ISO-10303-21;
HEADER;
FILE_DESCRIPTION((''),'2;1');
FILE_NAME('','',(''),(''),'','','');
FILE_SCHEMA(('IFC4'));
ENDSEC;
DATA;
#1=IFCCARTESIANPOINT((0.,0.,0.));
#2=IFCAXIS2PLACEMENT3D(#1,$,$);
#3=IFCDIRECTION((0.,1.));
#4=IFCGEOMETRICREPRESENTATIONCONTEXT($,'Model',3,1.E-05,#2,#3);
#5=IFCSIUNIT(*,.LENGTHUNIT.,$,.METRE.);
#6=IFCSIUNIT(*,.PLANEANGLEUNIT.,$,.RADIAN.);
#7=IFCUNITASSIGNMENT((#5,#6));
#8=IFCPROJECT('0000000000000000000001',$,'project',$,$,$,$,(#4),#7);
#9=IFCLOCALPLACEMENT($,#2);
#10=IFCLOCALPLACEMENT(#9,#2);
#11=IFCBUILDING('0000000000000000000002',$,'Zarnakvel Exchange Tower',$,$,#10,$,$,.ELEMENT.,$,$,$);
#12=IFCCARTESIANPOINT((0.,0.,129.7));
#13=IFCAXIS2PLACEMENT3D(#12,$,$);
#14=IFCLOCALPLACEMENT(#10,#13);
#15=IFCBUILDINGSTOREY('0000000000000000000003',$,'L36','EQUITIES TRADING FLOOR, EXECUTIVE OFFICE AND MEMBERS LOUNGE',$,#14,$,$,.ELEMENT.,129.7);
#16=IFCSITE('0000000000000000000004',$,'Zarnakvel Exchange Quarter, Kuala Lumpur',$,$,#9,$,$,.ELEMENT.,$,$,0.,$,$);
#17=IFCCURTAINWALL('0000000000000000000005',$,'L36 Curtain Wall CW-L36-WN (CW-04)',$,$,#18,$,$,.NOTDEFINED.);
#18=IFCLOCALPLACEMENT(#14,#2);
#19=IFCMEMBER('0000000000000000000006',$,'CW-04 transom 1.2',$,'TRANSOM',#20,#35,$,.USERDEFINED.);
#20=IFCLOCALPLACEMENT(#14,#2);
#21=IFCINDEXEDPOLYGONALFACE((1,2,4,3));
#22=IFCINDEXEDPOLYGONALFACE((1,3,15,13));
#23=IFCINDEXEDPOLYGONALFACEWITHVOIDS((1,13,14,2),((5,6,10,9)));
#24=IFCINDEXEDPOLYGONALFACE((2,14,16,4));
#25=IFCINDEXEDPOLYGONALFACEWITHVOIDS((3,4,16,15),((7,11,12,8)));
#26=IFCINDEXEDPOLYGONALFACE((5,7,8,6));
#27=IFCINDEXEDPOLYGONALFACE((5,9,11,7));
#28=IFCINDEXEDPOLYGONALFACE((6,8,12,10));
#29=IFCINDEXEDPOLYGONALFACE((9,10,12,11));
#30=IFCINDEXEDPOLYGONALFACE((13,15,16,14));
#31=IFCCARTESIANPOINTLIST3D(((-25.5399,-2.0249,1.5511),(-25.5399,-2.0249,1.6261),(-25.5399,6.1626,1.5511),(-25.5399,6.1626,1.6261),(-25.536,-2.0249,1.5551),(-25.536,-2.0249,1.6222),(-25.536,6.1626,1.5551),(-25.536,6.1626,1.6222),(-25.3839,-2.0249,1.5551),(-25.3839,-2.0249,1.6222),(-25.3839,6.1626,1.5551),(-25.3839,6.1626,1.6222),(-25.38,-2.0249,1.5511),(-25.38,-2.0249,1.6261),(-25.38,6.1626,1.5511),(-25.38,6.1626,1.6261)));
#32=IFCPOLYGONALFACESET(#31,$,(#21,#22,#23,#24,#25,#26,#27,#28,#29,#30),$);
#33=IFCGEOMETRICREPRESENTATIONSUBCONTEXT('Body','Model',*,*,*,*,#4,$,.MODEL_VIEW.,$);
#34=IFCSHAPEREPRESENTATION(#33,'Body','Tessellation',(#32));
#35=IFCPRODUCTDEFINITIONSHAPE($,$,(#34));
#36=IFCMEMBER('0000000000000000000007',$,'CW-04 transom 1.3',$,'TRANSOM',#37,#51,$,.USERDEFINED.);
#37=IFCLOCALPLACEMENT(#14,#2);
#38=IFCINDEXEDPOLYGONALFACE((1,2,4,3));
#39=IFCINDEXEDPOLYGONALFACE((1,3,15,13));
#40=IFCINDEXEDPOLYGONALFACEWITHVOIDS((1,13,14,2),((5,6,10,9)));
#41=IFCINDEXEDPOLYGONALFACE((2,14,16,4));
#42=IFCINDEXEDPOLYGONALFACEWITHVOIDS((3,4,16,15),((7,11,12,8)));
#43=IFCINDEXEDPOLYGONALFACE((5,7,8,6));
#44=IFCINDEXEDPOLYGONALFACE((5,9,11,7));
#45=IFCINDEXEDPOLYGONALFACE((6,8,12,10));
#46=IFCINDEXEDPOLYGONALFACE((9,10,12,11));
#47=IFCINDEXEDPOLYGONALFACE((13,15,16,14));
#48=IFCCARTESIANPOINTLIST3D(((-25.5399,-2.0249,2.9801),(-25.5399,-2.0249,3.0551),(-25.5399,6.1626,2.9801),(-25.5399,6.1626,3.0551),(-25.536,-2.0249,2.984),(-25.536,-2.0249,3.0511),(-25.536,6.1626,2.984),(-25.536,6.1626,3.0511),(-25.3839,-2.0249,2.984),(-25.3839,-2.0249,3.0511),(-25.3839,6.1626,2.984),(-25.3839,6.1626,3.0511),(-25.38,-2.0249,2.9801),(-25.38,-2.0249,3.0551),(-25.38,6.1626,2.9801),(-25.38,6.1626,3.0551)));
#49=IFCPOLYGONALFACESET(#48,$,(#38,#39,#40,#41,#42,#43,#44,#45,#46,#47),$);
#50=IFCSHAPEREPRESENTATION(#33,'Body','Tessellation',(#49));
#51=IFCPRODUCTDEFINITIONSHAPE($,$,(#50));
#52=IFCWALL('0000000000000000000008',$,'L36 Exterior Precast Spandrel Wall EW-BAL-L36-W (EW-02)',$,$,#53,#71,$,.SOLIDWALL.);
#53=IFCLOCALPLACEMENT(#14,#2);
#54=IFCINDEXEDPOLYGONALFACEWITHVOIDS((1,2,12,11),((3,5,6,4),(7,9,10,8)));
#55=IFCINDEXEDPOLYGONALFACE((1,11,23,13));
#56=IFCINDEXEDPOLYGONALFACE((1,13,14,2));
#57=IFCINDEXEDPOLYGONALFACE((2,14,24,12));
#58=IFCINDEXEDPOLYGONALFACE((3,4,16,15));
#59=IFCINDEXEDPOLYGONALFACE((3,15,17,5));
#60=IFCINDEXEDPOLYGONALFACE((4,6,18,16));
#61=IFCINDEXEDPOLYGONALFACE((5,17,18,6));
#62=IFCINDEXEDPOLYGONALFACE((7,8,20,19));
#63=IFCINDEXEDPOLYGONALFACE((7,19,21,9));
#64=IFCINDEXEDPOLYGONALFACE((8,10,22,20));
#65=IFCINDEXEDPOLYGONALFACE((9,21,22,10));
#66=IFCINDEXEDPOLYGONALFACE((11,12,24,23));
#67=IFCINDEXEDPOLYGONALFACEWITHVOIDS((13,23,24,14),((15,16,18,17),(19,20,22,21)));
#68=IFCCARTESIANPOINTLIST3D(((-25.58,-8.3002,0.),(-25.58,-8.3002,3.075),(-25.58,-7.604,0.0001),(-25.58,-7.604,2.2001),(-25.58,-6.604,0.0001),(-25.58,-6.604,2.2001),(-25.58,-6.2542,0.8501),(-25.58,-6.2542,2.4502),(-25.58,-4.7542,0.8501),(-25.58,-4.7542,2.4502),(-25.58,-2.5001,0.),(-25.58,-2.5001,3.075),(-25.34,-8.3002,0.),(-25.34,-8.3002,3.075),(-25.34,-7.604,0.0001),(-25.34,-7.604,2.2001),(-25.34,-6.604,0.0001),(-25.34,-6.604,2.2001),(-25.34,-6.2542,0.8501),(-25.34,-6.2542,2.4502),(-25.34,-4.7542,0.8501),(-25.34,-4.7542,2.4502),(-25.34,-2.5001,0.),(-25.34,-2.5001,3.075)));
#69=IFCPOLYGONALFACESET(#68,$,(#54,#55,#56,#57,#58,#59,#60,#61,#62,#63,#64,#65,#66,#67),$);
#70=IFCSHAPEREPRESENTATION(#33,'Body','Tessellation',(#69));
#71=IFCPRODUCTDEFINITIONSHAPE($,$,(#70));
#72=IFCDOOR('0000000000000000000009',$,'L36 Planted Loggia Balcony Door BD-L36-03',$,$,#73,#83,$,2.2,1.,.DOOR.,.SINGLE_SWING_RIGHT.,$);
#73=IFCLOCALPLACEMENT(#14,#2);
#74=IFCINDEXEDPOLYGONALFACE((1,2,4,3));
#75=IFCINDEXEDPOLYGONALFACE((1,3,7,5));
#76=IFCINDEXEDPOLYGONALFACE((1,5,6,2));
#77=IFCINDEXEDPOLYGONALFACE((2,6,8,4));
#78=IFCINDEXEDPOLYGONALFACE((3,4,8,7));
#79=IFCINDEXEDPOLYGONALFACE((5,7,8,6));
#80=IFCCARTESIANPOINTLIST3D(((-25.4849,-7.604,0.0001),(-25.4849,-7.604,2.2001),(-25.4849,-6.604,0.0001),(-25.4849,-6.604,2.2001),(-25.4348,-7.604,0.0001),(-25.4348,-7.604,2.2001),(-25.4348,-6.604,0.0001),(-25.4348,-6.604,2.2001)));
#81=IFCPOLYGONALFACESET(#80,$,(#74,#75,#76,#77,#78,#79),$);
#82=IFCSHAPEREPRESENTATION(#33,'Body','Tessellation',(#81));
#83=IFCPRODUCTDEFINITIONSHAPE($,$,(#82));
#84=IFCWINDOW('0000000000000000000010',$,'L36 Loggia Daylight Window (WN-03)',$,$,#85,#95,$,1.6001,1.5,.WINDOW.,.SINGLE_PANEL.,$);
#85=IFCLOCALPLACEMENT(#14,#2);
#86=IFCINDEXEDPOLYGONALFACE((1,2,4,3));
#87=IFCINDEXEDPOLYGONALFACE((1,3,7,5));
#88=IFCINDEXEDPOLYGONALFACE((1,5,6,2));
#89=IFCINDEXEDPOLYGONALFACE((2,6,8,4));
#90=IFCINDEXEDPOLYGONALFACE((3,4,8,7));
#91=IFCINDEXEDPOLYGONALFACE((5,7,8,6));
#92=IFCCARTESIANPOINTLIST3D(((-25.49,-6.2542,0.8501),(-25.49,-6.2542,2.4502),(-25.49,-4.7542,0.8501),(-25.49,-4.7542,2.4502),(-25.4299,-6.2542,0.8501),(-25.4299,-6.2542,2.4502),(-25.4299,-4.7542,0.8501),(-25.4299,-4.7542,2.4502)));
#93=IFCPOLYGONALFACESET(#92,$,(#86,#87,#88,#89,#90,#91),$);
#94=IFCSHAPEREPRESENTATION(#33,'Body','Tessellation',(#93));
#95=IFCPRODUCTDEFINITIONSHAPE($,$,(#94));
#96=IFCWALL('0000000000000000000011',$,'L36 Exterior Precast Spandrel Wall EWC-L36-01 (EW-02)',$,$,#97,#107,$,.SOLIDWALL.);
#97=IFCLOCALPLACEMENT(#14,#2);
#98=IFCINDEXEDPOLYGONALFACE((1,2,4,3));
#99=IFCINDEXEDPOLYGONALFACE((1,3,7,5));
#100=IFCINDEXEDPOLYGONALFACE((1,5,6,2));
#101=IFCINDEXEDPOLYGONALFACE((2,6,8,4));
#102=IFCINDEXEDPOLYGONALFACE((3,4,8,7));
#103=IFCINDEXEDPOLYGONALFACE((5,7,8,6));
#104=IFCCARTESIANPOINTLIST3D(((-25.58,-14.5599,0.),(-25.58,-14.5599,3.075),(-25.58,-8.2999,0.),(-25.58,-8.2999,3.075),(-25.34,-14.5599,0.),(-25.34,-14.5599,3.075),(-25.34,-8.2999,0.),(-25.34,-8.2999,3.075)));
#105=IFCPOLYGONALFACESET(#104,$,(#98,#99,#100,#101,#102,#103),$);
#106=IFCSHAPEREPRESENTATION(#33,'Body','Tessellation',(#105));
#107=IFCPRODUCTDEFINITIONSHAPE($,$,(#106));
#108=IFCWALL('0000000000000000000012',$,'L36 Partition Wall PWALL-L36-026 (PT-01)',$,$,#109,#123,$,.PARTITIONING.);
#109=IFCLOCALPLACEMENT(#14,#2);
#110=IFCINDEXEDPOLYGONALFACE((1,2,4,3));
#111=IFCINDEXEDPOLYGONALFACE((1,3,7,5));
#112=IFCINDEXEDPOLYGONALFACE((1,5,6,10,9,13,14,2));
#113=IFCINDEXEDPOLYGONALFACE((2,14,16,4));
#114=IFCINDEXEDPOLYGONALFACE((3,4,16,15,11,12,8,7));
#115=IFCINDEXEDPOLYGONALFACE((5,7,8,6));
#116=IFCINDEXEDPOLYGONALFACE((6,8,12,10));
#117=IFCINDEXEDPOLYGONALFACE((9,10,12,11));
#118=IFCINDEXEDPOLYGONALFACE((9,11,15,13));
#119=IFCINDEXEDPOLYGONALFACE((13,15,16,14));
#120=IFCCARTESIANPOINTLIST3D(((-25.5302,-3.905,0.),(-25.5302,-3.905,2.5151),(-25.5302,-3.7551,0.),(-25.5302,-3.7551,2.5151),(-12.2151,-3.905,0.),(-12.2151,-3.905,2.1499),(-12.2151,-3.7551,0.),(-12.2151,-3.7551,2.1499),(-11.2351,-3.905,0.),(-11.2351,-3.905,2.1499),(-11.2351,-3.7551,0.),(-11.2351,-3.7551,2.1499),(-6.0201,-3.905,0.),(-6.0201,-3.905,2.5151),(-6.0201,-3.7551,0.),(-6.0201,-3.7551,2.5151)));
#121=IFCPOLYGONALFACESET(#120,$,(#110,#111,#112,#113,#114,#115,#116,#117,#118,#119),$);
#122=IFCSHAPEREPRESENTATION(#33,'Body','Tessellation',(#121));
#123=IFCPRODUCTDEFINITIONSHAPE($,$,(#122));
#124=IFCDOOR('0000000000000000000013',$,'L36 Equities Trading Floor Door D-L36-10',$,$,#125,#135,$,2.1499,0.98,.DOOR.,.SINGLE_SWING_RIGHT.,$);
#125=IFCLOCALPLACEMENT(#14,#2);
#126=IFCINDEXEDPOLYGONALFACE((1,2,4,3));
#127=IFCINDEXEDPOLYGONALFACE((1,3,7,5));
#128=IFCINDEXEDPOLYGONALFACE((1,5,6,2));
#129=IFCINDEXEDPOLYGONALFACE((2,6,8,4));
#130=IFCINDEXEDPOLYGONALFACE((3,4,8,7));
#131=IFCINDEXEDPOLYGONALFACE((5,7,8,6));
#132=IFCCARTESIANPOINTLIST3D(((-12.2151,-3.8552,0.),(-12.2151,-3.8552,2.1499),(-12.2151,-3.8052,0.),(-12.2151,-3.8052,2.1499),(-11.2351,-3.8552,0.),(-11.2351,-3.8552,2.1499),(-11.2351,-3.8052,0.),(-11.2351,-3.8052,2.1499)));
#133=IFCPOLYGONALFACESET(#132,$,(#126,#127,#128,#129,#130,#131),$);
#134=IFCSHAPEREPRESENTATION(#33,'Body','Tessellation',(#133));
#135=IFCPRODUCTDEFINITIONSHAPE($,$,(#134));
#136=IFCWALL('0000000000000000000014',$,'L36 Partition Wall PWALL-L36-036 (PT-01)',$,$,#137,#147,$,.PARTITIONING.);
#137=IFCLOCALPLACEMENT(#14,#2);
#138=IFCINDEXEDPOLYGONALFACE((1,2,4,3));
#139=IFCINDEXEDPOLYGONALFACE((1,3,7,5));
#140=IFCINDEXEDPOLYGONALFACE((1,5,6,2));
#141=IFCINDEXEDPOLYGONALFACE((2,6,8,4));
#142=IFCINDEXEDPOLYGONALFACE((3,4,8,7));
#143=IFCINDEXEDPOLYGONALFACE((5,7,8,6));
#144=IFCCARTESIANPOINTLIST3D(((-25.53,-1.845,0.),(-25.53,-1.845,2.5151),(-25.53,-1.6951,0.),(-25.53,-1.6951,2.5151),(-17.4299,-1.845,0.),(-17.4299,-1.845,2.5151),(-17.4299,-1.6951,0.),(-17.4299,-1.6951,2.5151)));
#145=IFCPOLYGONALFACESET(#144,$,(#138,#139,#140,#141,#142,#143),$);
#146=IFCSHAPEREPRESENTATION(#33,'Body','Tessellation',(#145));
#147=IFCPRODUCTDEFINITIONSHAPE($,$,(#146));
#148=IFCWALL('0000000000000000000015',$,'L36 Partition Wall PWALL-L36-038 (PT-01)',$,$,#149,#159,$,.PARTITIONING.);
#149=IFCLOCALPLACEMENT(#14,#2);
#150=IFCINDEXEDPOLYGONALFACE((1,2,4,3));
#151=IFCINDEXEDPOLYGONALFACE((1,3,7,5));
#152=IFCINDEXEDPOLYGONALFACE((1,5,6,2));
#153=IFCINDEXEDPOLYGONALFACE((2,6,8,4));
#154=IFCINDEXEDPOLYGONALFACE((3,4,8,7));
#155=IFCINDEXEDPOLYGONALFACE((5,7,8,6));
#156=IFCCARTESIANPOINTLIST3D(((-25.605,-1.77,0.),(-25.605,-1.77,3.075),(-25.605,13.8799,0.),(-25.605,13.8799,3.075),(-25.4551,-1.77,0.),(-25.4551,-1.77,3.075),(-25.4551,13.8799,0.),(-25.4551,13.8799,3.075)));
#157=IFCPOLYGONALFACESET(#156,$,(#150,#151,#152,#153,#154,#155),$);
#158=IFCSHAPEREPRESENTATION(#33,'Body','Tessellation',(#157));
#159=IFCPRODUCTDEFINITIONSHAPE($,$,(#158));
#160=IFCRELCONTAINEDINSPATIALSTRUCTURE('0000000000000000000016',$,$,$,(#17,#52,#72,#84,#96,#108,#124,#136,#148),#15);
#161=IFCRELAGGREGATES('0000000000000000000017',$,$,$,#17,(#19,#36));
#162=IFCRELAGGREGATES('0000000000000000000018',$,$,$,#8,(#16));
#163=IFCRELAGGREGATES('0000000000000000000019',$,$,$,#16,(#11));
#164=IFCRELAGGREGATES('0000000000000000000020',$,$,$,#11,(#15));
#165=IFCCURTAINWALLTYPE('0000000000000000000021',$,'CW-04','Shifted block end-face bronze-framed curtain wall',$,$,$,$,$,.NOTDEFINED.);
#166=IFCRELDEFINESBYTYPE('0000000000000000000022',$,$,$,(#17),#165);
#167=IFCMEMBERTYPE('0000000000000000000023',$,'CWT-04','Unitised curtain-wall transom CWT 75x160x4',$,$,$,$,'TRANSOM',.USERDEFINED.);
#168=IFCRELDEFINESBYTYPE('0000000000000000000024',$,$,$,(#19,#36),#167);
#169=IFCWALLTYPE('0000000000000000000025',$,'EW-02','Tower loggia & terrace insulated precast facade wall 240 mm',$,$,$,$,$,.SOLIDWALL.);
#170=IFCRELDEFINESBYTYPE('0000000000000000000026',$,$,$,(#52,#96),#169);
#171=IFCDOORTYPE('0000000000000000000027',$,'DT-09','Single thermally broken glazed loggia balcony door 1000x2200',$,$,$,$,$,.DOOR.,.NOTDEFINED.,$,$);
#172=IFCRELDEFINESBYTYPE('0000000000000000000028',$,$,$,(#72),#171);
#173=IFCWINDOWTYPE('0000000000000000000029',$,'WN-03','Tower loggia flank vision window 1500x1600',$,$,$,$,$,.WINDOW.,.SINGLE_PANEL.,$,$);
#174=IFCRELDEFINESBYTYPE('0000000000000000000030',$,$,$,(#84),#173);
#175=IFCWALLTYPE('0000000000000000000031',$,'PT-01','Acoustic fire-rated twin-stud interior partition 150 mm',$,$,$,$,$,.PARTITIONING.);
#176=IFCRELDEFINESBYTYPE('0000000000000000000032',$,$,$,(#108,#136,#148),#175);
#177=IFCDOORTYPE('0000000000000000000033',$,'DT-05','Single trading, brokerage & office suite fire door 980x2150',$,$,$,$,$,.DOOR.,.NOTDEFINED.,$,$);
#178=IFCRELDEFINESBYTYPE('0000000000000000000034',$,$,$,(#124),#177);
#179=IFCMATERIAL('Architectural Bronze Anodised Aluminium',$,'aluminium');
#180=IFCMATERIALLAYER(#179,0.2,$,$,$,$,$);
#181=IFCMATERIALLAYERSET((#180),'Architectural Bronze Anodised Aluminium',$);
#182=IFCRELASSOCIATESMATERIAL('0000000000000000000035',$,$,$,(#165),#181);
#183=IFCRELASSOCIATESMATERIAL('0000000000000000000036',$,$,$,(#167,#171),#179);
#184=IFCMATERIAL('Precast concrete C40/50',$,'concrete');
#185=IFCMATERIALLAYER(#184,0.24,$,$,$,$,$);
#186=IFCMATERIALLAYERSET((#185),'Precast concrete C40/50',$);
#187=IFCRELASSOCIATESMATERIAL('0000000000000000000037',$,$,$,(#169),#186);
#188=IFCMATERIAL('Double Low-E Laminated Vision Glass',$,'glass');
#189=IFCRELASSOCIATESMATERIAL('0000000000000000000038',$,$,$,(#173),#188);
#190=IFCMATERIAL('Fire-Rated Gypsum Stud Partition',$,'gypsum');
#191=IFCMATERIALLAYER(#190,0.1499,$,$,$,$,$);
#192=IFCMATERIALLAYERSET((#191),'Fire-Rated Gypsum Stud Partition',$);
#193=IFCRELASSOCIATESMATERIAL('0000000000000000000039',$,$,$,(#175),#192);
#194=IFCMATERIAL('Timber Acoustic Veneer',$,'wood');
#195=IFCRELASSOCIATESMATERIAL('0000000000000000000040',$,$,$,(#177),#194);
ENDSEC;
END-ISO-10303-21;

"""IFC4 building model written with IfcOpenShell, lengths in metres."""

from ifc_helpers import new_model, si_unit, direction, frame, frame_2d, origin, origin_2d, place, context, subcontext, project, spatial, rectangle, hollow_rectangle, extrude, source, transform, mapped, material, layer, layer_set, material_profile, profile_set, type_object, element, fill, aggregate, save


model = new_model("IFC4")

# Units and contexts
model_context = context("Model", 3, precision=1e-05, world=origin(), true_north=direction((0.0, 1.0)))
body_context = subcontext(model_context, "Body", "Model", "MODEL_VIEW")
ifc_project = project(units=[si_unit("LENGTHUNIT", "METRE"), si_unit("PLANEANGLEUNIT", "RADIAN")], contexts=[model_context])

# Site, building, storey
site_placement = place(None, origin())
site = spatial("IfcSite", under=ifc_project, at=site_placement, Name="Zarnakvel Exchange Quarter, Kuala Lumpur", CompositionType="ELEMENT", RefElevation=0.0)
building_placement = place(site_placement, origin())
building = spatial("IfcBuilding", under=site, at=building_placement, Name="Zarnakvel Exchange Tower", CompositionType="ELEMENT")
storey_placement = place(building_placement, frame((0.0, 0.0, 129.7)))
storey = spatial("IfcBuildingStorey", under=building, at=storey_placement, Name="L36", Description="EQUITIES TRADING FLOOR, EXECUTIVE OFFICE AND MEMBERS LOUNGE", CompositionType="ELEMENT", Elevation=129.7)

# Curtain wall, members
ifc_material_1 = material(Name="Architectural Bronze Anodised Aluminium", Category="aluminium")
ifc_layer_1 = layer(ifc_material_1, 0.2)
ifc_layer_set_1 = layer_set([ifc_layer_1], Name="Architectural Bronze Anodised Aluminium")
curtain_wall_type = type_object("IfcCurtainWallType", Name="CW-04", Description="Shifted block end-face bronze-framed curtain wall", PredefinedType="NOTDEFINED", material=ifc_layer_set_1)
curtain_wall_placement = place(storey_placement, origin())
curtain_wall = element("IfcCurtainWall", 1, at=curtain_wall_placement, inside=storey, type_object=curtain_wall_type, Name="L36 Curtain Wall CW-L36-WN (CW-04)", PredefinedType="NOTDEFINED")
ifc_material_profile_1 = material_profile(ifc_material_1, hollow_rectangle(XDim=0.1599, YDim=0.075, WallThickness=0.0039, at=origin_2d()))
ifc_profile_set_1 = profile_set([ifc_material_profile_1], Name="Architectural Bronze Anodised Aluminium")
member_type_1 = type_object("IfcMemberType", Name="CWT-04", Description="Unitised curtain-wall transom CWT 75x160x4", ElementType="TRANSOM", PredefinedType="USERDEFINED", material=ifc_profile_set_1)
shared_shape_1 = source(origin(), body_context, "Body", "SweptSolid", [
    extrude(hollow_rectangle(XDim=0.1599, YDim=0.075, WallThickness=0.0039, at=origin_2d()), origin(), (0.0, 0.0, 1.0), 8.1875),
])
member_1_placement = place(storey_placement, frame((-25.46, -2.0249, 1.5886), z_axis=(0.0, 1.0, 0.0), x_axis=(-1.0, 0.0, 0.0)))
member_1 = element("IfcMember", 2, at=member_1_placement, type_object=member_type_1, Name="CW-04 transom 1.2", ObjectType="TRANSOM", PredefinedType="USERDEFINED", context=body_context, shape_type="MappedRepresentation", body=[
    mapped(shared_shape_1, transform((0.0, 0.0, 0.0), x_axis=(1.0, 0.0, 0.0), y_axis=(0.0, 1.0, 0.0), z_axis=(0.0, 0.0, 1.0), scale=1.0)),
])
member_2_placement = place(storey_placement, frame((-25.46, -2.0249, 3.0176), z_axis=(0.0, 1.0, 0.0), x_axis=(-1.0, 0.0, 0.0)))
member_2 = element("IfcMember", 3, at=member_2_placement, type_object=member_type_1, Name="CW-04 transom 1.3", ObjectType="TRANSOM", PredefinedType="USERDEFINED", context=body_context, shape_type="MappedRepresentation", body=[
    mapped(shared_shape_1, transform((0.0, 0.0, 0.0), x_axis=(1.0, 0.0, 0.0), y_axis=(0.0, 1.0, 0.0), z_axis=(0.0, 0.0, 1.0), scale=1.0)),
])
aggregate(curtain_wall, [member_1, member_2])

# Wall, openings, door, window
ifc_material_2 = material(Name="Precast concrete C40/50", Category="concrete")
ifc_layer_2 = layer(ifc_material_2, 0.24)
ifc_layer_set_2 = layer_set([ifc_layer_2], Name="Precast concrete C40/50")
wall_type_1 = type_object("IfcWallType", Name="EW-02", Description="Tower loggia & terrace insulated precast facade wall 240 mm", PredefinedType="SOLIDWALL", material=ifc_layer_set_2)
wall_1_placement = place(storey_placement, frame((-25.46, -8.3, 0.0), z_axis=(0.0, 0.0, 1.0), x_axis=(0.0, 1.0, 0.0)))
wall_1 = element("IfcWall", 4, at=wall_1_placement, inside=storey, type_object=wall_type_1, Name="L36 Exterior Precast Spandrel Wall EW-BAL-L36-W (EW-02)", PredefinedType="SOLIDWALL", context=body_context, shape_type="SweptSolid", body=[
    extrude(rectangle(XDim=5.8, YDim=0.24, at=frame_2d((2.8999, 0.0))), origin(), (0.0, 0.0, 1.0), 3.075),
])
opening_1_placement = place(wall_1_placement, frame((0.696, 0.0, 0.0)))
opening_1 = element("IfcOpeningElement", 5, at=opening_1_placement, cuts=wall_1, PredefinedType="OPENING", context=body_context, shape_type="SweptSolid", body=[
    extrude(rectangle(XDim=1.0, YDim=2.2, at=frame_2d((0.5, 1.1001))), frame((0.0, 0.1299, 0.0), z_axis=(0.0, -1.0, 0.0), x_axis=(1.0, 0.0, 0.0)), (0.0, 0.0, 1.0), 0.26),
])
opening_2_placement = place(wall_1_placement, frame((2.0459, 0.0, 0.8501)))
opening_2 = element("IfcOpeningElement", 6, at=opening_2_placement, cuts=wall_1, PredefinedType="OPENING", context=body_context, shape_type="SweptSolid", body=[
    extrude(rectangle(XDim=1.5, YDim=1.6001, at=frame_2d((0.75, 0.8))), frame((0.0, 0.1299, 0.0), z_axis=(0.0, -1.0, 0.0), x_axis=(1.0, 0.0, 0.0)), (0.0, 0.0, 1.0), 0.26),
])
door_type_1 = type_object("IfcDoorType", Name="DT-09", Description="Single thermally broken glazed loggia balcony door 1000x2200", OperationType="NOTDEFINED", PredefinedType="DOOR", material=ifc_material_1)
shared_shape_2 = source(origin(), body_context, "Body", "SweptSolid", [
    extrude(rectangle(XDim=1.0, YDim=2.2, at=frame_2d((0.5, 1.1001))), frame((0.0, 0.0249, 0.0), z_axis=(0.0, -1.0, 0.0), x_axis=(1.0, 0.0, 0.0)), (0.0, 0.0, 1.0), 0.05),
])
door_1_placement = place(opening_1_placement, origin())
door_1 = element("IfcDoor", 7, at=door_1_placement, inside=storey, type_object=door_type_1, Name="L36 Planted Loggia Balcony Door BD-L36-03", OperationType="SINGLE_SWING_RIGHT", OverallHeight=2.2, OverallWidth=1.0, PredefinedType="DOOR", context=body_context, shape_type="MappedRepresentation", body=[
    mapped(shared_shape_2, transform((0.0, 0.0, 0.0), x_axis=(1.0, 0.0, 0.0), y_axis=(0.0, 1.0, 0.0), z_axis=(0.0, 0.0, 1.0), scale=1.0)),
])
fill(opening_1, door_1)
ifc_material_3 = material(Name="Double Low-E Laminated Vision Glass", Category="glass")
window_type = type_object("IfcWindowType", Name="WN-03", Description="Tower loggia flank vision window 1500x1600", PartitioningType="SINGLE_PANEL", PredefinedType="WINDOW", material=ifc_material_3)
shared_shape_3 = source(origin(), body_context, "Body", "SweptSolid", [
    extrude(rectangle(XDim=1.5, YDim=1.6001, at=frame_2d((0.75, 0.8))), frame((0.0, 0.03, 0.0), z_axis=(0.0, -1.0, 0.0), x_axis=(1.0, 0.0, 0.0)), (0.0, 0.0, 1.0), 0.0601),
])
window_placement = place(opening_2_placement, origin())
window = element("IfcWindow", 8, at=window_placement, inside=storey, type_object=window_type, Name="L36 Loggia Daylight Window (WN-03)", OverallHeight=1.6001, OverallWidth=1.5, PartitioningType="SINGLE_PANEL", PredefinedType="WINDOW", context=body_context, shape_type="MappedRepresentation", body=[
    mapped(shared_shape_3, transform((0.0, 0.0, 0.0), x_axis=(1.0, 0.0, 0.0), y_axis=(0.0, 1.0, 0.0), z_axis=(0.0, 0.0, 1.0), scale=1.0)),
])
fill(opening_2, window)

# Wall
wall_2_placement = place(storey_placement, frame((-25.46, -8.3, 0.0), z_axis=(0.0, 0.0, 1.0), x_axis=(0.0, -1.0, 0.0)))
element("IfcWall", 9, at=wall_2_placement, inside=storey, type_object=wall_type_1, Name="L36 Exterior Precast Spandrel Wall EWC-L36-01 (EW-02)", PredefinedType="SOLIDWALL", context=body_context, shape_type="SweptSolid", body=[
    extrude(rectangle(XDim=6.26, YDim=0.24, at=frame_2d((3.1299, 0.0))), origin(), (0.0, 0.0, 1.0), 3.075),
])

# Wall, opening, door
ifc_material_4 = material(Name="Fire-Rated Gypsum Stud Partition", Category="gypsum")
ifc_layer_3 = layer(ifc_material_4, 0.1499)
ifc_layer_set_3 = layer_set([ifc_layer_3], Name="Fire-Rated Gypsum Stud Partition")
wall_type_2 = type_object("IfcWallType", Name="PT-01", Description="Acoustic fire-rated twin-stud interior partition 150 mm", PredefinedType="PARTITIONING", material=ifc_layer_set_3)
wall_3_placement = place(storey_placement, frame((-25.53, -3.8301, 0.0), z_axis=(0.0, 0.0, 1.0), x_axis=(1.0, 0.0, 0.0)))
wall_3 = element("IfcWall", 10, at=wall_3_placement, inside=storey, type_object=wall_type_2, Name="L36 Partition Wall PWALL-L36-026 (PT-01)", PredefinedType="PARTITIONING", context=body_context, shape_type="SweptSolid", body=[
    extrude(rectangle(XDim=19.51, YDim=0.1499, at=frame_2d((9.7549, 0.0))), origin(), (0.0, 0.0, 1.0), 2.5151),
])
opening_3_placement = place(wall_3_placement, frame((13.3149, 0.0, 0.0)))
opening_3 = element("IfcOpeningElement", 11, at=opening_3_placement, cuts=wall_3, PredefinedType="OPENING", context=body_context, shape_type="SweptSolid", body=[
    extrude(rectangle(XDim=0.98, YDim=2.1499, at=frame_2d((0.49, 1.075))), frame((0.0, 0.085, 0.0), z_axis=(0.0, -1.0, 0.0), x_axis=(1.0, 0.0, 0.0)), (0.0, 0.0, 1.0), 0.1699),
])
ifc_material_5 = material(Name="Timber Acoustic Veneer", Category="wood")
door_type_2 = type_object("IfcDoorType", Name="DT-05", Description="Single trading, brokerage & office suite fire door 980x2150", OperationType="NOTDEFINED", PredefinedType="DOOR", material=ifc_material_5)
shared_shape_4 = source(origin(), body_context, "Body", "SweptSolid", [
    extrude(rectangle(XDim=0.98, YDim=2.1499, at=frame_2d((0.49, 1.075))), frame((0.0, 0.0249, 0.0), z_axis=(0.0, -1.0, 0.0), x_axis=(1.0, 0.0, 0.0)), (0.0, 0.0, 1.0), 0.05),
])
door_2_placement = place(opening_3_placement, origin())
door_2 = element("IfcDoor", 12, at=door_2_placement, inside=storey, type_object=door_type_2, Name="L36 Equities Trading Floor Door D-L36-10", OperationType="SINGLE_SWING_RIGHT", OverallHeight=2.1499, OverallWidth=0.98, PredefinedType="DOOR", context=body_context, shape_type="MappedRepresentation", body=[
    mapped(shared_shape_4, transform((0.0, 0.0, 0.0), x_axis=(1.0, 0.0, 0.0), y_axis=(0.0, 1.0, 0.0), z_axis=(0.0, 0.0, 1.0), scale=1.0)),
])
fill(opening_3, door_2)

# Walls
wall_4_placement = place(storey_placement, frame((-17.4299, -1.77, 0.0), z_axis=(0.0, 0.0, 1.0), x_axis=(-1.0, 0.0, 0.0)))
element("IfcWall", 13, at=wall_4_placement, inside=storey, type_object=wall_type_2, Name="L36 Partition Wall PWALL-L36-036 (PT-01)", PredefinedType="PARTITIONING", context=body_context, shape_type="SweptSolid", body=[
    extrude(rectangle(XDim=8.1001, YDim=0.1499, at=frame_2d((4.05, 0.0))), origin(), (0.0, 0.0, 1.0), 2.5151),
])
wall_5_placement = place(storey_placement, frame((-25.53, -1.77, 0.0), z_axis=(0.0, 0.0, 1.0), x_axis=(0.0, 1.0, 0.0)))
element("IfcWall", 14, at=wall_5_placement, inside=storey, type_object=wall_type_2, Name="L36 Partition Wall PWALL-L36-038 (PT-01)", PredefinedType="PARTITIONING", context=body_context, shape_type="SweptSolid", body=[
    extrude(rectangle(XDim=15.6499, YDim=0.1499, at=frame_2d((7.825, 0.0))), origin(), (0.0, 0.0, 1.0), 3.075),
])

save(model, "model.ifc")
